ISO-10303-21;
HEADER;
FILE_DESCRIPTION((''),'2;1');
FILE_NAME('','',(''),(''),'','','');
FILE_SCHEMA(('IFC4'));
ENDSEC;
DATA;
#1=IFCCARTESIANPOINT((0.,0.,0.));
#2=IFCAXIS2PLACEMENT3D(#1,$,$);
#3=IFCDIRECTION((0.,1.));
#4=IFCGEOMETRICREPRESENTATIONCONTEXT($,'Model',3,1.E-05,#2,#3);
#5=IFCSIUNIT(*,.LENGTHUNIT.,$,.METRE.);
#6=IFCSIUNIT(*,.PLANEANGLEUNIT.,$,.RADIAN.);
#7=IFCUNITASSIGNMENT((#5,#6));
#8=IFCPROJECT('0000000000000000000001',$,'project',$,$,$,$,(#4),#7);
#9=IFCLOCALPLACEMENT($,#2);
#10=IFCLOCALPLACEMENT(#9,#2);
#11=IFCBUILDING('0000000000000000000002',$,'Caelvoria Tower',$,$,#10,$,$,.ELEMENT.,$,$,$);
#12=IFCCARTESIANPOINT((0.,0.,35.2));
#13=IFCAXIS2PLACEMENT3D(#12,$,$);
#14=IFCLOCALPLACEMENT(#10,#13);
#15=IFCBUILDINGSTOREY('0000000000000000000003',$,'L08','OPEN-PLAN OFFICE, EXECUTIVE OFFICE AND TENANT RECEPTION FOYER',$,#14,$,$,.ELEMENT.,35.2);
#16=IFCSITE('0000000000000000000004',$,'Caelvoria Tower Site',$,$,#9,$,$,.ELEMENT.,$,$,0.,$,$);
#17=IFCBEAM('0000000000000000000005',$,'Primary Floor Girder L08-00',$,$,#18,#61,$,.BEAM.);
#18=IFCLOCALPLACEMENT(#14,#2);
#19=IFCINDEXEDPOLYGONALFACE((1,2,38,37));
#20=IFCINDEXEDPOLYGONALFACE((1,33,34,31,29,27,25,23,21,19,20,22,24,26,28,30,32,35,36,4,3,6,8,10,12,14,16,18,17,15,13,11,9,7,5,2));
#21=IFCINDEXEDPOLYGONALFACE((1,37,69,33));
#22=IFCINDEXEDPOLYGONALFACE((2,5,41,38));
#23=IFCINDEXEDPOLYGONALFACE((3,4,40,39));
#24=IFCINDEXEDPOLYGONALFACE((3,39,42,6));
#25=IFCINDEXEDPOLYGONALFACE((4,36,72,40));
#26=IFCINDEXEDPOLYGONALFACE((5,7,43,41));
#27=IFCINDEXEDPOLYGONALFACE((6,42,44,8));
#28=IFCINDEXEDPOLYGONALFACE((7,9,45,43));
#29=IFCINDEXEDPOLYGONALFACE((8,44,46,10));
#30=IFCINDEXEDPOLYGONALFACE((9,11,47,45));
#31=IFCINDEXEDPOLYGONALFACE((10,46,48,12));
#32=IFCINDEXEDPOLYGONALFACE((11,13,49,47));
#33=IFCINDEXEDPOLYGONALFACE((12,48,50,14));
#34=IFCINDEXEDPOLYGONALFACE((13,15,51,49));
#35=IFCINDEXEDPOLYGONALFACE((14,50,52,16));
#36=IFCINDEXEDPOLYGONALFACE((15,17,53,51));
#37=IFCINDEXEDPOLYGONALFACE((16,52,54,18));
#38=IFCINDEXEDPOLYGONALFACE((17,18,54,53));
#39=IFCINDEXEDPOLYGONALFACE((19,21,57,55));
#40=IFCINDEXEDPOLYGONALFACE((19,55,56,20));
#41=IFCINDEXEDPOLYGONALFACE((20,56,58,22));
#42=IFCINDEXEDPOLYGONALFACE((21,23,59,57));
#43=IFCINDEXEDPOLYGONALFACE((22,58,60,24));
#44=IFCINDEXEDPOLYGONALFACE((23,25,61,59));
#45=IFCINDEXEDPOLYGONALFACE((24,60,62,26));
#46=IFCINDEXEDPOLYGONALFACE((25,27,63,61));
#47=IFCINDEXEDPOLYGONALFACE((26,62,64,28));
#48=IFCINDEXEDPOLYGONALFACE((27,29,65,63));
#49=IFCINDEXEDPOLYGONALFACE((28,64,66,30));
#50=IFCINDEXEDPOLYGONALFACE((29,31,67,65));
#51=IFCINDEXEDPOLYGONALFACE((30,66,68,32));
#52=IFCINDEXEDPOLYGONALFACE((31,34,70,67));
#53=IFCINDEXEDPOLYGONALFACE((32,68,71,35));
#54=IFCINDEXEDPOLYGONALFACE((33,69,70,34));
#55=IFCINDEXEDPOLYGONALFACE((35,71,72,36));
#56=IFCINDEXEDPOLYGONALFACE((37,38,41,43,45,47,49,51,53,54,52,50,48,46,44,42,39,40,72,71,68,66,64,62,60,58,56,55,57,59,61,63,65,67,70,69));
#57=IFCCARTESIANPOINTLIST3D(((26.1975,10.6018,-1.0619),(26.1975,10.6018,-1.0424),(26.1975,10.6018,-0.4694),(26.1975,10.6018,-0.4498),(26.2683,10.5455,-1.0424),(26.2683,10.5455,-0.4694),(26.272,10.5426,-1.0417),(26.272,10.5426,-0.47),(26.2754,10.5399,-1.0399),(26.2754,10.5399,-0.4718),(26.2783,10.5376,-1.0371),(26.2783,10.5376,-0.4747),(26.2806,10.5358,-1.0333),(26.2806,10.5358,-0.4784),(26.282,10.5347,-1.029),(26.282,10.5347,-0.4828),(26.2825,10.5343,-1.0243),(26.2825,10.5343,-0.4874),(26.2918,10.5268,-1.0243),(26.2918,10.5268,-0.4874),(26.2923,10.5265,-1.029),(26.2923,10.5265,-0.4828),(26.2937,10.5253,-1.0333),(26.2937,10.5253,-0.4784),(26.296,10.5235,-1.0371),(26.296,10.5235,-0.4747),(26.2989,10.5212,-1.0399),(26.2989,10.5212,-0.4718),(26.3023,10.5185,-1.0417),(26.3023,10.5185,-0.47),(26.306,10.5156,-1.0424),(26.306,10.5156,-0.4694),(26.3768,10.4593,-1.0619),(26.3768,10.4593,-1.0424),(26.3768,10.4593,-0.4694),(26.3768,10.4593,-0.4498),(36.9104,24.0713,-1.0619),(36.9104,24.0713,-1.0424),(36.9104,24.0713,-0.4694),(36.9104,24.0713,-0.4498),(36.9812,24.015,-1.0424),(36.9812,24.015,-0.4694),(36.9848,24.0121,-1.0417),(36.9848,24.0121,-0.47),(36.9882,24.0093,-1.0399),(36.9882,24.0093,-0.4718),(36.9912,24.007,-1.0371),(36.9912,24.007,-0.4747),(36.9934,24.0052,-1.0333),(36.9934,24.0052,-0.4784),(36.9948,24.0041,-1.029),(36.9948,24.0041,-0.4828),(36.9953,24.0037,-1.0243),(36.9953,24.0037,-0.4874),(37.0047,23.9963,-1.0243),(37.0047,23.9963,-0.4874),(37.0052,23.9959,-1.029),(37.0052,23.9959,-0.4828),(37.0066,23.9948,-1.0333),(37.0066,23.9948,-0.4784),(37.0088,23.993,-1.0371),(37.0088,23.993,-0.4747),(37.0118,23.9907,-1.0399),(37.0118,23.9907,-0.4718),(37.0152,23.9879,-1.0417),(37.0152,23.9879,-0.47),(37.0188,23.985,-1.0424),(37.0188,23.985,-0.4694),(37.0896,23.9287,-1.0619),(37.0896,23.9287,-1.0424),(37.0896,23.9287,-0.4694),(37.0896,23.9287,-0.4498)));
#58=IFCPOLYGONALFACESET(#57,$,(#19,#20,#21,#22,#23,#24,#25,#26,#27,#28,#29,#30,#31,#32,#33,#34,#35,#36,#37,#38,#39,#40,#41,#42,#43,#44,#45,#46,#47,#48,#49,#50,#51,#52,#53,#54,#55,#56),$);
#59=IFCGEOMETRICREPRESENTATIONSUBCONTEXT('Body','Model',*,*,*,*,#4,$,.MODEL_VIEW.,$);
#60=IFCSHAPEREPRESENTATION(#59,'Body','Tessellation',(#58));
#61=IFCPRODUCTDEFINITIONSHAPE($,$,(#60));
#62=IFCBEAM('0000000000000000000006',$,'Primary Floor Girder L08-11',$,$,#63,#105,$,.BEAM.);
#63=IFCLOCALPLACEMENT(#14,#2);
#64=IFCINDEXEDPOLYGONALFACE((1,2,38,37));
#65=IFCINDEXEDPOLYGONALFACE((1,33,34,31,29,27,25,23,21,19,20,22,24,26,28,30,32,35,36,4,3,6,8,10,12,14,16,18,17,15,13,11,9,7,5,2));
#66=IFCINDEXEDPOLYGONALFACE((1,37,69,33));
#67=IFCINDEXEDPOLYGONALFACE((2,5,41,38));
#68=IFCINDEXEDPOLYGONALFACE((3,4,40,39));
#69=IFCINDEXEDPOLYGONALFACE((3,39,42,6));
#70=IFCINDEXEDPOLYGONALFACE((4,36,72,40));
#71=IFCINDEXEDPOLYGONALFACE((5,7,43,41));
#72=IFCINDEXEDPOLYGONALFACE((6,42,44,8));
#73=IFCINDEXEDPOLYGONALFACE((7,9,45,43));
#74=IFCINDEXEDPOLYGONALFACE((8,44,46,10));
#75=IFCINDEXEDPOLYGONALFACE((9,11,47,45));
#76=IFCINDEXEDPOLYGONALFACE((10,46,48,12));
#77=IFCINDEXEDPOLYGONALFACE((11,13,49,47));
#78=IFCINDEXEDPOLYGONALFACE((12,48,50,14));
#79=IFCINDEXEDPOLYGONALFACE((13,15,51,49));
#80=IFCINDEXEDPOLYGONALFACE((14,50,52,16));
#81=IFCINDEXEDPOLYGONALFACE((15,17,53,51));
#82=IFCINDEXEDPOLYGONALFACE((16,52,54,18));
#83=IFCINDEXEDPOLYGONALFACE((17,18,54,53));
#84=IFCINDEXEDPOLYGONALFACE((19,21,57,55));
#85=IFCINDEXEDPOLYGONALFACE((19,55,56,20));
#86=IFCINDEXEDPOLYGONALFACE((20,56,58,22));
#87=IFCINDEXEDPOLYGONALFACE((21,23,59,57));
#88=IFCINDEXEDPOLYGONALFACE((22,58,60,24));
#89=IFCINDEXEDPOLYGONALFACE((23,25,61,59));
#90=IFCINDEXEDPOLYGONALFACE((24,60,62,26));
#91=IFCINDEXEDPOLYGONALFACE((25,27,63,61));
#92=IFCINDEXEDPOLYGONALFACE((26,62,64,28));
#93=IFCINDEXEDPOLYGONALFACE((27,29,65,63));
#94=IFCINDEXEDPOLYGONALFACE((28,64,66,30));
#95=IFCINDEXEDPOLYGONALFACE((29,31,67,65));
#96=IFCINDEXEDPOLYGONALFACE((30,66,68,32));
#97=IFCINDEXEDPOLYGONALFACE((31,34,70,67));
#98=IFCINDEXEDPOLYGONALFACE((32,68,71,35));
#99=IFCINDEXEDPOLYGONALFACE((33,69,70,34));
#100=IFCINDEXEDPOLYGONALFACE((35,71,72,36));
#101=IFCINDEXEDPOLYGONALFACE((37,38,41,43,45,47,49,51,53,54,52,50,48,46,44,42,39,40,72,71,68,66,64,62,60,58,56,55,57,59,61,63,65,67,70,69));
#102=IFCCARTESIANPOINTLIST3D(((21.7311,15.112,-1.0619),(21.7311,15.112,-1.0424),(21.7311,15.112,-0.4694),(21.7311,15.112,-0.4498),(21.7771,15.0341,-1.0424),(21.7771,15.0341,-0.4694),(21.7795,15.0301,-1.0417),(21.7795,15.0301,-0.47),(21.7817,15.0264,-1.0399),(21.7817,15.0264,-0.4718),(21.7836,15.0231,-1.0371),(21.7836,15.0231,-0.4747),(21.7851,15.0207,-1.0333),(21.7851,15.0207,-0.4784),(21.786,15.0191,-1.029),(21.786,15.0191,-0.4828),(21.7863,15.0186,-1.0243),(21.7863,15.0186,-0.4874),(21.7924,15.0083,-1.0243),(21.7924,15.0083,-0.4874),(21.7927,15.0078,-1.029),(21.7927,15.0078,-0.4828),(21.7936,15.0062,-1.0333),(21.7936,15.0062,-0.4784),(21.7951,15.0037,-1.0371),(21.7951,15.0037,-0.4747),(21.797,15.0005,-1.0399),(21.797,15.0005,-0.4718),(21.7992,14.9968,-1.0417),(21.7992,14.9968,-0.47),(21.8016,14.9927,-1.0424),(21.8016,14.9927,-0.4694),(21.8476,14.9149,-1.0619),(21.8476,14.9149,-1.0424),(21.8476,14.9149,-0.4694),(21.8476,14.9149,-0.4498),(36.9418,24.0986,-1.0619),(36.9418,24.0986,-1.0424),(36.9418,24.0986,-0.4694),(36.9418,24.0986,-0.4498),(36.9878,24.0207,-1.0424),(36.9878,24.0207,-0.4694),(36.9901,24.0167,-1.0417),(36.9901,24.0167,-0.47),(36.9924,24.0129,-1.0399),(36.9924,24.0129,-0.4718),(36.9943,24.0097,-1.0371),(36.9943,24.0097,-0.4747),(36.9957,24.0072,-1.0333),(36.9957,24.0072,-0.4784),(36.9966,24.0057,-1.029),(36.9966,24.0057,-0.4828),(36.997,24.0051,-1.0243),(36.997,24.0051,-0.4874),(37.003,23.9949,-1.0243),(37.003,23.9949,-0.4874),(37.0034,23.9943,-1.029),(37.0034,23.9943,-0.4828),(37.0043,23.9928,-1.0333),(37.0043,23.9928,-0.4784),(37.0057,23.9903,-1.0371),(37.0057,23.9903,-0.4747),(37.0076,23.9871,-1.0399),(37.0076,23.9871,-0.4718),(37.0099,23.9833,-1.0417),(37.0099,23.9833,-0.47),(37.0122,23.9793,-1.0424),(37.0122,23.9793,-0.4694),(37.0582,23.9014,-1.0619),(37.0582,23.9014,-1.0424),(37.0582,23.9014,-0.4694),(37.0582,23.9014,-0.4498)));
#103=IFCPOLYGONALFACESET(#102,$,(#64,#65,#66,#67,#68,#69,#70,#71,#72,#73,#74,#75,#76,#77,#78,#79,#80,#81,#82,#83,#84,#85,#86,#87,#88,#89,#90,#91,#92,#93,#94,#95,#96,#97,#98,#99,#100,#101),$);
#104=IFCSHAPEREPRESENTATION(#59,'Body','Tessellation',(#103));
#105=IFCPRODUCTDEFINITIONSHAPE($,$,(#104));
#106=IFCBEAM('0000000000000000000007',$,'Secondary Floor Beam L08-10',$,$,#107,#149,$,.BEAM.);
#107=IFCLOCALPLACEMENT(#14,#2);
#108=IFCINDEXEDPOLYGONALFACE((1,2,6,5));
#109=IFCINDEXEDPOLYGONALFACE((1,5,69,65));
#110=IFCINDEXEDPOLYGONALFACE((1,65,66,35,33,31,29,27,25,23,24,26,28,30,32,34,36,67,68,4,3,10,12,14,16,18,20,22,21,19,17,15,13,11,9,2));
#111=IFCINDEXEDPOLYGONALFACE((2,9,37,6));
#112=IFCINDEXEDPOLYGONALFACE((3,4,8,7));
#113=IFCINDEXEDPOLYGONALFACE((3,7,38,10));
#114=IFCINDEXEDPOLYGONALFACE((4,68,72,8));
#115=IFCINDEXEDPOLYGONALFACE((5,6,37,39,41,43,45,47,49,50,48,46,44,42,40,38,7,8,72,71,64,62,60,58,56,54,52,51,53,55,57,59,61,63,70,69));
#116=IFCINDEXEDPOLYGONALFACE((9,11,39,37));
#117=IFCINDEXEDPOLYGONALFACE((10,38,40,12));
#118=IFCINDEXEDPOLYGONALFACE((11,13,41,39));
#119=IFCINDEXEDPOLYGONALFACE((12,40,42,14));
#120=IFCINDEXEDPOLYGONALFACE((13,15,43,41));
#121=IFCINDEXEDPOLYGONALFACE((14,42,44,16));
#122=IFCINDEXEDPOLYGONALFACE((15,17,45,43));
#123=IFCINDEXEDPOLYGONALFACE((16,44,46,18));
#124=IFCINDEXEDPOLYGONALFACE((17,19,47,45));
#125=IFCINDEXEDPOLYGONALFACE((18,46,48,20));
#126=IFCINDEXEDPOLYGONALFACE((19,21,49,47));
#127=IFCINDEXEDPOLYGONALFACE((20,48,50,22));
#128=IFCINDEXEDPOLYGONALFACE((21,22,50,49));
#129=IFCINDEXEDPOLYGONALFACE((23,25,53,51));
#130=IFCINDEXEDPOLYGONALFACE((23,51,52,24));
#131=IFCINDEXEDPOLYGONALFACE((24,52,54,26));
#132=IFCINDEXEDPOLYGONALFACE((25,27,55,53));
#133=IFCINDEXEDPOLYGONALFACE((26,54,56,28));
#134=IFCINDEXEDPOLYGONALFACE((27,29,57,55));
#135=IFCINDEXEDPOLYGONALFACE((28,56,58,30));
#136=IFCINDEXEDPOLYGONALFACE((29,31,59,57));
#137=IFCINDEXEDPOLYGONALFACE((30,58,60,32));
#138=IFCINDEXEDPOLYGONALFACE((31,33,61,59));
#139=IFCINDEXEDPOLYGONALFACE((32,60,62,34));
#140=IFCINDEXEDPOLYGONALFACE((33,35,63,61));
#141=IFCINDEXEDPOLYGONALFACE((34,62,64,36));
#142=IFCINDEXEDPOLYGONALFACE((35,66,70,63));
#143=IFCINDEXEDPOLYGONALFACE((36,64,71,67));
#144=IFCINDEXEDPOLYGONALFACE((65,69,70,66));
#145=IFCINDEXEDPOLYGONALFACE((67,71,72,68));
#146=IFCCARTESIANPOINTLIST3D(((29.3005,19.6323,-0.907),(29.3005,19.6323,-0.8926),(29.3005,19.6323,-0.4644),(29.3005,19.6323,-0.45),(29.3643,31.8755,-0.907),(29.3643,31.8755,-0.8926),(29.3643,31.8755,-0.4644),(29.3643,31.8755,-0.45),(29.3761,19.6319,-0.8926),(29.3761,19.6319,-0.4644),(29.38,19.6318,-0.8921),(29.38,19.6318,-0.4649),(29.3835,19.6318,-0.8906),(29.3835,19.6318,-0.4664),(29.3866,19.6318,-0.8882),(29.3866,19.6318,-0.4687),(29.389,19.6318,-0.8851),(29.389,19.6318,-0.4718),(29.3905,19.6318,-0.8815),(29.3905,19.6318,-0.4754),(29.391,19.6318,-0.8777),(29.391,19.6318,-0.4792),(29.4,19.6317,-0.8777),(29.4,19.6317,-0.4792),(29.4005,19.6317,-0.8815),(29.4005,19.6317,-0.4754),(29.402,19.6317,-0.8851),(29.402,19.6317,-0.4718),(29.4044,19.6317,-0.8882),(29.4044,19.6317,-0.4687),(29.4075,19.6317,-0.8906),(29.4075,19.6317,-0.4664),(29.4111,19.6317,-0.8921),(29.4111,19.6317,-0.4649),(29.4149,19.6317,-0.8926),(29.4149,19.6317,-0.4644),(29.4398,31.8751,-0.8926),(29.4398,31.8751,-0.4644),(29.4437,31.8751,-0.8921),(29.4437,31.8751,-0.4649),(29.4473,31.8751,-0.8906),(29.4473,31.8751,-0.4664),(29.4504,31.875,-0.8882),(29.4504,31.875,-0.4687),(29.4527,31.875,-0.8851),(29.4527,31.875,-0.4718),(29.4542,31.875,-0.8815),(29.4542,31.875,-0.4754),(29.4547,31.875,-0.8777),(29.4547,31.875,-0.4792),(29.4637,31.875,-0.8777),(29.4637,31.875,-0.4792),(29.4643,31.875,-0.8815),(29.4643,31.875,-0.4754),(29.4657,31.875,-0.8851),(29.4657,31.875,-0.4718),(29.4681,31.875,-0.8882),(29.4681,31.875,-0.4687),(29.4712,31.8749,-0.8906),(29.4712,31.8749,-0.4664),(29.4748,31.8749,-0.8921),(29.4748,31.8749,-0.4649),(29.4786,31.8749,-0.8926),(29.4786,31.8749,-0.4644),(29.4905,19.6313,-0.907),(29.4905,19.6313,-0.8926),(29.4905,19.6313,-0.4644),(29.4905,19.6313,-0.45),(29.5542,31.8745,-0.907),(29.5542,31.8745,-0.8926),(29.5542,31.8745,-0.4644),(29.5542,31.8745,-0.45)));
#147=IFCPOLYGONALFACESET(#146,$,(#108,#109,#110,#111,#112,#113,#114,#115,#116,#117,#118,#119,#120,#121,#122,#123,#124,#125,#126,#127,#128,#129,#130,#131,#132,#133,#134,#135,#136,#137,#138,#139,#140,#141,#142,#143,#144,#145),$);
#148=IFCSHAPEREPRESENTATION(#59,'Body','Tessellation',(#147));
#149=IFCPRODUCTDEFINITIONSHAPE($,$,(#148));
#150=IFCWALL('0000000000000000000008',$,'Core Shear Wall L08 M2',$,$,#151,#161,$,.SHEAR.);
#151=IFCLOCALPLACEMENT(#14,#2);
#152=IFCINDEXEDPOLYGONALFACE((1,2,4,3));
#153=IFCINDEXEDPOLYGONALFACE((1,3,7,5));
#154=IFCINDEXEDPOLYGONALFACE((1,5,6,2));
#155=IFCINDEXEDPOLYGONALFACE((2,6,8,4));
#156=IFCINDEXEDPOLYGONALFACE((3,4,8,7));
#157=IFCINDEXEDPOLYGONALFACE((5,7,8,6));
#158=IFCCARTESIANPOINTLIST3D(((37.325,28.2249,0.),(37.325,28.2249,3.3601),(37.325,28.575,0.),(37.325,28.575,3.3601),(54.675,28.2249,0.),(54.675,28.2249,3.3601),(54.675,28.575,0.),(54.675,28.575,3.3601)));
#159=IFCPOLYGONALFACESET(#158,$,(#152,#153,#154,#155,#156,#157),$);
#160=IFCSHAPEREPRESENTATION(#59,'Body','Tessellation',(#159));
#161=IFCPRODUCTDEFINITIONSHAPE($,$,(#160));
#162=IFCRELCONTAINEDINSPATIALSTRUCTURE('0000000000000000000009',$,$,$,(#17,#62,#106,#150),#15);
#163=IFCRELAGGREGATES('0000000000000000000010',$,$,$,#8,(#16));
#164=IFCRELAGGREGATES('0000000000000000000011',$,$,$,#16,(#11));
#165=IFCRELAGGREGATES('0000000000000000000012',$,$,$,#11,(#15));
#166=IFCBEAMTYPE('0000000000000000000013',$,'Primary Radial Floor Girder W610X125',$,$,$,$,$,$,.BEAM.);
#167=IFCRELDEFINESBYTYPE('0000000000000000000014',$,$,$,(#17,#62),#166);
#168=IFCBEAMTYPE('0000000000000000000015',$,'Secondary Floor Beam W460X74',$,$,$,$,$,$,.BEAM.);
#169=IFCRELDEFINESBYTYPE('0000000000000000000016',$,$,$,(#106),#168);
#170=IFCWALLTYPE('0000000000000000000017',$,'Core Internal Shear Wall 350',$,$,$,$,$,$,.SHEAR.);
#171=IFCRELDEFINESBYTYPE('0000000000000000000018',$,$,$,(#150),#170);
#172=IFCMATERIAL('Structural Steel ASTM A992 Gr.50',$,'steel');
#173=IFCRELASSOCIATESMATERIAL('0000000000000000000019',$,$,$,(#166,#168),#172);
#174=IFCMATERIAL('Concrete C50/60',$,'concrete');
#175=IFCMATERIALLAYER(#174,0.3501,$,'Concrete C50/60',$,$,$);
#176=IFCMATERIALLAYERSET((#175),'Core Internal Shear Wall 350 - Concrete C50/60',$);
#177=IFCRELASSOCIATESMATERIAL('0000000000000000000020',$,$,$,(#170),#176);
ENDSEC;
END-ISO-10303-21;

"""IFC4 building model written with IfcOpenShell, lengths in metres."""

from ifc_helpers import new_model, si_unit, direction, frame, frame_2d, origin, origin_2d, place, context, subcontext, project, spatial, rectangle, i_section, extrude, material, layer, layer_set, material_profile, profile_set, type_object, element, save


model = new_model("IFC4")

# Units and contexts
model_context = context("Model", 3, precision=1e-05, world=origin(), true_north=direction((0.0, 1.0)))
body_context = subcontext(model_context, "Body", "Model", "MODEL_VIEW")
ifc_project = project(units=[si_unit("LENGTHUNIT", "METRE"), si_unit("PLANEANGLEUNIT", "RADIAN")], contexts=[model_context])

# Site, building, storey
site_placement = place(None, origin())
site = spatial("IfcSite", under=ifc_project, at=site_placement, Name="Caelvoria Tower Site", CompositionType="ELEMENT", RefElevation=0.0)
building_placement = place(site_placement, origin())
building = spatial("IfcBuilding", under=site, at=building_placement, Name="Caelvoria Tower", CompositionType="ELEMENT")
storey_placement = place(building_placement, frame((0.0, 0.0, 35.2)))
storey = spatial("IfcBuildingStorey", under=building, at=storey_placement, Name="L08", Description="OPEN-PLAN OFFICE, EXECUTIVE OFFICE AND TENANT RECEPTION FOYER", CompositionType="ELEMENT", Elevation=35.2)

# Beams
ifc_material_1 = material(Name="Structural Steel ASTM A992 Gr.50", Category="steel")
ifc_material_profile_1 = material_profile(ifc_material_1, i_section(OverallWidth=0.229, OverallDepth=0.6121, WebThickness=0.012, FlangeThickness=0.0195, FilletRadius=0.0181, at=origin_2d()), Name="Structural Steel ASTM A992 Gr.50")
ifc_profile_set_1 = profile_set([ifc_material_profile_1], Name="W610X125 - Structural Steel ASTM A992 Gr.50")
beam_type_1 = type_object("IfcBeamType", Name="Primary Radial Floor Girder W610X125", PredefinedType="BEAM", material=ifc_profile_set_1)
beam_1_placement = place(storey_placement, frame((37.0, 24.0, -0.7559), z_axis=(-0.622471, -0.782643, 0.0), x_axis=(0.782643, -0.622471, 0.0)))
element("IfcBeam", 1, at=beam_1_placement, inside=storey, type_object=beam_type_1, Name="Primary Floor Girder L08-00", PredefinedType="BEAM", context=body_context, shape_type="SweptSolid", body=[
    extrude(i_section(OverallWidth=0.229, OverallDepth=0.6121, WebThickness=0.012, FlangeThickness=0.0195, FilletRadius=0.0181, at=origin_2d()), origin(), (0.0, 0.0, 1.0), 17.2102),
])
beam_2_placement = place(storey_placement, frame((37.0, 24.0, -0.7559), z_axis=(-0.860965, -0.508664, 0.0), x_axis=(0.508664, -0.860965, 0.0)))
element("IfcBeam", 2, at=beam_2_placement, inside=storey, type_object=beam_type_1, Name="Primary Floor Girder L08-11", PredefinedType="BEAM", context=body_context, shape_type="SweptSolid", body=[
    extrude(i_section(OverallWidth=0.229, OverallDepth=0.6121, WebThickness=0.012, FlangeThickness=0.0195, FilletRadius=0.0181, at=origin_2d()), origin(), (0.0, 0.0, 1.0), 17.667),
])
ifc_material_profile_2 = material_profile(ifc_material_1, i_section(OverallWidth=0.1899, OverallDepth=0.457, WebThickness=0.009, FlangeThickness=0.0144, FilletRadius=0.0149, at=origin_2d()), Name="Structural Steel ASTM A992 Gr.50")
ifc_profile_set_2 = profile_set([ifc_material_profile_2], Name="W460X74 - Structural Steel ASTM A992 Gr.50")
beam_type_2 = type_object("IfcBeamType", Name="Secondary Floor Beam W460X74", PredefinedType="BEAM", material=ifc_profile_set_2)
beam_3_placement = place(storey_placement, frame((29.4592, 31.875, -0.6785), z_axis=(-0.005205, -0.999986, 0.0), x_axis=(0.999986, -0.005205, 0.0)))
element("IfcBeam", 3, at=beam_3_placement, inside=storey, type_object=beam_type_2, Name="Secondary Floor Beam L08-10", PredefinedType="BEAM", context=body_context, shape_type="SweptSolid", body=[
    extrude(i_section(OverallWidth=0.1899, OverallDepth=0.457, WebThickness=0.009, FlangeThickness=0.0144, FilletRadius=0.0149, at=origin_2d()), origin(), (0.0, 0.0, 1.0), 12.2434),
])

# Shared definitions
ifc_material_2 = material(Name="Concrete C50/60", Category="concrete")
ifc_layer_1 = layer(ifc_material_2, 0.3501, Name="Concrete C50/60")
ifc_layer_set_1 = layer_set([ifc_layer_1], Name="Core Internal Shear Wall 350 - Concrete C50/60")
wall_type_1 = type_object("IfcWallType", Name="Core Internal Shear Wall 350", PredefinedType="SHEAR", material=ifc_layer_set_1)

# Wall
wall_1_placement = place(storey_placement, frame((37.325, 28.3999, 0.0), z_axis=(0.0, 0.0, 1.0), x_axis=(1.0, 0.0, 0.0)))
element("IfcWall", 4, at=wall_1_placement, inside=storey, type_object=wall_type_1, Name="Core Shear Wall L08 M2", PredefinedType="SHEAR", context=body_context, shape_type="SweptSolid", body=[
    extrude(rectangle(XDim=17.3501, YDim=0.3501, at=frame_2d((8.675, 0.0))), origin(), (0.0, 0.0, 1.0), 3.3601),
])

save(model, "model.ifc")
